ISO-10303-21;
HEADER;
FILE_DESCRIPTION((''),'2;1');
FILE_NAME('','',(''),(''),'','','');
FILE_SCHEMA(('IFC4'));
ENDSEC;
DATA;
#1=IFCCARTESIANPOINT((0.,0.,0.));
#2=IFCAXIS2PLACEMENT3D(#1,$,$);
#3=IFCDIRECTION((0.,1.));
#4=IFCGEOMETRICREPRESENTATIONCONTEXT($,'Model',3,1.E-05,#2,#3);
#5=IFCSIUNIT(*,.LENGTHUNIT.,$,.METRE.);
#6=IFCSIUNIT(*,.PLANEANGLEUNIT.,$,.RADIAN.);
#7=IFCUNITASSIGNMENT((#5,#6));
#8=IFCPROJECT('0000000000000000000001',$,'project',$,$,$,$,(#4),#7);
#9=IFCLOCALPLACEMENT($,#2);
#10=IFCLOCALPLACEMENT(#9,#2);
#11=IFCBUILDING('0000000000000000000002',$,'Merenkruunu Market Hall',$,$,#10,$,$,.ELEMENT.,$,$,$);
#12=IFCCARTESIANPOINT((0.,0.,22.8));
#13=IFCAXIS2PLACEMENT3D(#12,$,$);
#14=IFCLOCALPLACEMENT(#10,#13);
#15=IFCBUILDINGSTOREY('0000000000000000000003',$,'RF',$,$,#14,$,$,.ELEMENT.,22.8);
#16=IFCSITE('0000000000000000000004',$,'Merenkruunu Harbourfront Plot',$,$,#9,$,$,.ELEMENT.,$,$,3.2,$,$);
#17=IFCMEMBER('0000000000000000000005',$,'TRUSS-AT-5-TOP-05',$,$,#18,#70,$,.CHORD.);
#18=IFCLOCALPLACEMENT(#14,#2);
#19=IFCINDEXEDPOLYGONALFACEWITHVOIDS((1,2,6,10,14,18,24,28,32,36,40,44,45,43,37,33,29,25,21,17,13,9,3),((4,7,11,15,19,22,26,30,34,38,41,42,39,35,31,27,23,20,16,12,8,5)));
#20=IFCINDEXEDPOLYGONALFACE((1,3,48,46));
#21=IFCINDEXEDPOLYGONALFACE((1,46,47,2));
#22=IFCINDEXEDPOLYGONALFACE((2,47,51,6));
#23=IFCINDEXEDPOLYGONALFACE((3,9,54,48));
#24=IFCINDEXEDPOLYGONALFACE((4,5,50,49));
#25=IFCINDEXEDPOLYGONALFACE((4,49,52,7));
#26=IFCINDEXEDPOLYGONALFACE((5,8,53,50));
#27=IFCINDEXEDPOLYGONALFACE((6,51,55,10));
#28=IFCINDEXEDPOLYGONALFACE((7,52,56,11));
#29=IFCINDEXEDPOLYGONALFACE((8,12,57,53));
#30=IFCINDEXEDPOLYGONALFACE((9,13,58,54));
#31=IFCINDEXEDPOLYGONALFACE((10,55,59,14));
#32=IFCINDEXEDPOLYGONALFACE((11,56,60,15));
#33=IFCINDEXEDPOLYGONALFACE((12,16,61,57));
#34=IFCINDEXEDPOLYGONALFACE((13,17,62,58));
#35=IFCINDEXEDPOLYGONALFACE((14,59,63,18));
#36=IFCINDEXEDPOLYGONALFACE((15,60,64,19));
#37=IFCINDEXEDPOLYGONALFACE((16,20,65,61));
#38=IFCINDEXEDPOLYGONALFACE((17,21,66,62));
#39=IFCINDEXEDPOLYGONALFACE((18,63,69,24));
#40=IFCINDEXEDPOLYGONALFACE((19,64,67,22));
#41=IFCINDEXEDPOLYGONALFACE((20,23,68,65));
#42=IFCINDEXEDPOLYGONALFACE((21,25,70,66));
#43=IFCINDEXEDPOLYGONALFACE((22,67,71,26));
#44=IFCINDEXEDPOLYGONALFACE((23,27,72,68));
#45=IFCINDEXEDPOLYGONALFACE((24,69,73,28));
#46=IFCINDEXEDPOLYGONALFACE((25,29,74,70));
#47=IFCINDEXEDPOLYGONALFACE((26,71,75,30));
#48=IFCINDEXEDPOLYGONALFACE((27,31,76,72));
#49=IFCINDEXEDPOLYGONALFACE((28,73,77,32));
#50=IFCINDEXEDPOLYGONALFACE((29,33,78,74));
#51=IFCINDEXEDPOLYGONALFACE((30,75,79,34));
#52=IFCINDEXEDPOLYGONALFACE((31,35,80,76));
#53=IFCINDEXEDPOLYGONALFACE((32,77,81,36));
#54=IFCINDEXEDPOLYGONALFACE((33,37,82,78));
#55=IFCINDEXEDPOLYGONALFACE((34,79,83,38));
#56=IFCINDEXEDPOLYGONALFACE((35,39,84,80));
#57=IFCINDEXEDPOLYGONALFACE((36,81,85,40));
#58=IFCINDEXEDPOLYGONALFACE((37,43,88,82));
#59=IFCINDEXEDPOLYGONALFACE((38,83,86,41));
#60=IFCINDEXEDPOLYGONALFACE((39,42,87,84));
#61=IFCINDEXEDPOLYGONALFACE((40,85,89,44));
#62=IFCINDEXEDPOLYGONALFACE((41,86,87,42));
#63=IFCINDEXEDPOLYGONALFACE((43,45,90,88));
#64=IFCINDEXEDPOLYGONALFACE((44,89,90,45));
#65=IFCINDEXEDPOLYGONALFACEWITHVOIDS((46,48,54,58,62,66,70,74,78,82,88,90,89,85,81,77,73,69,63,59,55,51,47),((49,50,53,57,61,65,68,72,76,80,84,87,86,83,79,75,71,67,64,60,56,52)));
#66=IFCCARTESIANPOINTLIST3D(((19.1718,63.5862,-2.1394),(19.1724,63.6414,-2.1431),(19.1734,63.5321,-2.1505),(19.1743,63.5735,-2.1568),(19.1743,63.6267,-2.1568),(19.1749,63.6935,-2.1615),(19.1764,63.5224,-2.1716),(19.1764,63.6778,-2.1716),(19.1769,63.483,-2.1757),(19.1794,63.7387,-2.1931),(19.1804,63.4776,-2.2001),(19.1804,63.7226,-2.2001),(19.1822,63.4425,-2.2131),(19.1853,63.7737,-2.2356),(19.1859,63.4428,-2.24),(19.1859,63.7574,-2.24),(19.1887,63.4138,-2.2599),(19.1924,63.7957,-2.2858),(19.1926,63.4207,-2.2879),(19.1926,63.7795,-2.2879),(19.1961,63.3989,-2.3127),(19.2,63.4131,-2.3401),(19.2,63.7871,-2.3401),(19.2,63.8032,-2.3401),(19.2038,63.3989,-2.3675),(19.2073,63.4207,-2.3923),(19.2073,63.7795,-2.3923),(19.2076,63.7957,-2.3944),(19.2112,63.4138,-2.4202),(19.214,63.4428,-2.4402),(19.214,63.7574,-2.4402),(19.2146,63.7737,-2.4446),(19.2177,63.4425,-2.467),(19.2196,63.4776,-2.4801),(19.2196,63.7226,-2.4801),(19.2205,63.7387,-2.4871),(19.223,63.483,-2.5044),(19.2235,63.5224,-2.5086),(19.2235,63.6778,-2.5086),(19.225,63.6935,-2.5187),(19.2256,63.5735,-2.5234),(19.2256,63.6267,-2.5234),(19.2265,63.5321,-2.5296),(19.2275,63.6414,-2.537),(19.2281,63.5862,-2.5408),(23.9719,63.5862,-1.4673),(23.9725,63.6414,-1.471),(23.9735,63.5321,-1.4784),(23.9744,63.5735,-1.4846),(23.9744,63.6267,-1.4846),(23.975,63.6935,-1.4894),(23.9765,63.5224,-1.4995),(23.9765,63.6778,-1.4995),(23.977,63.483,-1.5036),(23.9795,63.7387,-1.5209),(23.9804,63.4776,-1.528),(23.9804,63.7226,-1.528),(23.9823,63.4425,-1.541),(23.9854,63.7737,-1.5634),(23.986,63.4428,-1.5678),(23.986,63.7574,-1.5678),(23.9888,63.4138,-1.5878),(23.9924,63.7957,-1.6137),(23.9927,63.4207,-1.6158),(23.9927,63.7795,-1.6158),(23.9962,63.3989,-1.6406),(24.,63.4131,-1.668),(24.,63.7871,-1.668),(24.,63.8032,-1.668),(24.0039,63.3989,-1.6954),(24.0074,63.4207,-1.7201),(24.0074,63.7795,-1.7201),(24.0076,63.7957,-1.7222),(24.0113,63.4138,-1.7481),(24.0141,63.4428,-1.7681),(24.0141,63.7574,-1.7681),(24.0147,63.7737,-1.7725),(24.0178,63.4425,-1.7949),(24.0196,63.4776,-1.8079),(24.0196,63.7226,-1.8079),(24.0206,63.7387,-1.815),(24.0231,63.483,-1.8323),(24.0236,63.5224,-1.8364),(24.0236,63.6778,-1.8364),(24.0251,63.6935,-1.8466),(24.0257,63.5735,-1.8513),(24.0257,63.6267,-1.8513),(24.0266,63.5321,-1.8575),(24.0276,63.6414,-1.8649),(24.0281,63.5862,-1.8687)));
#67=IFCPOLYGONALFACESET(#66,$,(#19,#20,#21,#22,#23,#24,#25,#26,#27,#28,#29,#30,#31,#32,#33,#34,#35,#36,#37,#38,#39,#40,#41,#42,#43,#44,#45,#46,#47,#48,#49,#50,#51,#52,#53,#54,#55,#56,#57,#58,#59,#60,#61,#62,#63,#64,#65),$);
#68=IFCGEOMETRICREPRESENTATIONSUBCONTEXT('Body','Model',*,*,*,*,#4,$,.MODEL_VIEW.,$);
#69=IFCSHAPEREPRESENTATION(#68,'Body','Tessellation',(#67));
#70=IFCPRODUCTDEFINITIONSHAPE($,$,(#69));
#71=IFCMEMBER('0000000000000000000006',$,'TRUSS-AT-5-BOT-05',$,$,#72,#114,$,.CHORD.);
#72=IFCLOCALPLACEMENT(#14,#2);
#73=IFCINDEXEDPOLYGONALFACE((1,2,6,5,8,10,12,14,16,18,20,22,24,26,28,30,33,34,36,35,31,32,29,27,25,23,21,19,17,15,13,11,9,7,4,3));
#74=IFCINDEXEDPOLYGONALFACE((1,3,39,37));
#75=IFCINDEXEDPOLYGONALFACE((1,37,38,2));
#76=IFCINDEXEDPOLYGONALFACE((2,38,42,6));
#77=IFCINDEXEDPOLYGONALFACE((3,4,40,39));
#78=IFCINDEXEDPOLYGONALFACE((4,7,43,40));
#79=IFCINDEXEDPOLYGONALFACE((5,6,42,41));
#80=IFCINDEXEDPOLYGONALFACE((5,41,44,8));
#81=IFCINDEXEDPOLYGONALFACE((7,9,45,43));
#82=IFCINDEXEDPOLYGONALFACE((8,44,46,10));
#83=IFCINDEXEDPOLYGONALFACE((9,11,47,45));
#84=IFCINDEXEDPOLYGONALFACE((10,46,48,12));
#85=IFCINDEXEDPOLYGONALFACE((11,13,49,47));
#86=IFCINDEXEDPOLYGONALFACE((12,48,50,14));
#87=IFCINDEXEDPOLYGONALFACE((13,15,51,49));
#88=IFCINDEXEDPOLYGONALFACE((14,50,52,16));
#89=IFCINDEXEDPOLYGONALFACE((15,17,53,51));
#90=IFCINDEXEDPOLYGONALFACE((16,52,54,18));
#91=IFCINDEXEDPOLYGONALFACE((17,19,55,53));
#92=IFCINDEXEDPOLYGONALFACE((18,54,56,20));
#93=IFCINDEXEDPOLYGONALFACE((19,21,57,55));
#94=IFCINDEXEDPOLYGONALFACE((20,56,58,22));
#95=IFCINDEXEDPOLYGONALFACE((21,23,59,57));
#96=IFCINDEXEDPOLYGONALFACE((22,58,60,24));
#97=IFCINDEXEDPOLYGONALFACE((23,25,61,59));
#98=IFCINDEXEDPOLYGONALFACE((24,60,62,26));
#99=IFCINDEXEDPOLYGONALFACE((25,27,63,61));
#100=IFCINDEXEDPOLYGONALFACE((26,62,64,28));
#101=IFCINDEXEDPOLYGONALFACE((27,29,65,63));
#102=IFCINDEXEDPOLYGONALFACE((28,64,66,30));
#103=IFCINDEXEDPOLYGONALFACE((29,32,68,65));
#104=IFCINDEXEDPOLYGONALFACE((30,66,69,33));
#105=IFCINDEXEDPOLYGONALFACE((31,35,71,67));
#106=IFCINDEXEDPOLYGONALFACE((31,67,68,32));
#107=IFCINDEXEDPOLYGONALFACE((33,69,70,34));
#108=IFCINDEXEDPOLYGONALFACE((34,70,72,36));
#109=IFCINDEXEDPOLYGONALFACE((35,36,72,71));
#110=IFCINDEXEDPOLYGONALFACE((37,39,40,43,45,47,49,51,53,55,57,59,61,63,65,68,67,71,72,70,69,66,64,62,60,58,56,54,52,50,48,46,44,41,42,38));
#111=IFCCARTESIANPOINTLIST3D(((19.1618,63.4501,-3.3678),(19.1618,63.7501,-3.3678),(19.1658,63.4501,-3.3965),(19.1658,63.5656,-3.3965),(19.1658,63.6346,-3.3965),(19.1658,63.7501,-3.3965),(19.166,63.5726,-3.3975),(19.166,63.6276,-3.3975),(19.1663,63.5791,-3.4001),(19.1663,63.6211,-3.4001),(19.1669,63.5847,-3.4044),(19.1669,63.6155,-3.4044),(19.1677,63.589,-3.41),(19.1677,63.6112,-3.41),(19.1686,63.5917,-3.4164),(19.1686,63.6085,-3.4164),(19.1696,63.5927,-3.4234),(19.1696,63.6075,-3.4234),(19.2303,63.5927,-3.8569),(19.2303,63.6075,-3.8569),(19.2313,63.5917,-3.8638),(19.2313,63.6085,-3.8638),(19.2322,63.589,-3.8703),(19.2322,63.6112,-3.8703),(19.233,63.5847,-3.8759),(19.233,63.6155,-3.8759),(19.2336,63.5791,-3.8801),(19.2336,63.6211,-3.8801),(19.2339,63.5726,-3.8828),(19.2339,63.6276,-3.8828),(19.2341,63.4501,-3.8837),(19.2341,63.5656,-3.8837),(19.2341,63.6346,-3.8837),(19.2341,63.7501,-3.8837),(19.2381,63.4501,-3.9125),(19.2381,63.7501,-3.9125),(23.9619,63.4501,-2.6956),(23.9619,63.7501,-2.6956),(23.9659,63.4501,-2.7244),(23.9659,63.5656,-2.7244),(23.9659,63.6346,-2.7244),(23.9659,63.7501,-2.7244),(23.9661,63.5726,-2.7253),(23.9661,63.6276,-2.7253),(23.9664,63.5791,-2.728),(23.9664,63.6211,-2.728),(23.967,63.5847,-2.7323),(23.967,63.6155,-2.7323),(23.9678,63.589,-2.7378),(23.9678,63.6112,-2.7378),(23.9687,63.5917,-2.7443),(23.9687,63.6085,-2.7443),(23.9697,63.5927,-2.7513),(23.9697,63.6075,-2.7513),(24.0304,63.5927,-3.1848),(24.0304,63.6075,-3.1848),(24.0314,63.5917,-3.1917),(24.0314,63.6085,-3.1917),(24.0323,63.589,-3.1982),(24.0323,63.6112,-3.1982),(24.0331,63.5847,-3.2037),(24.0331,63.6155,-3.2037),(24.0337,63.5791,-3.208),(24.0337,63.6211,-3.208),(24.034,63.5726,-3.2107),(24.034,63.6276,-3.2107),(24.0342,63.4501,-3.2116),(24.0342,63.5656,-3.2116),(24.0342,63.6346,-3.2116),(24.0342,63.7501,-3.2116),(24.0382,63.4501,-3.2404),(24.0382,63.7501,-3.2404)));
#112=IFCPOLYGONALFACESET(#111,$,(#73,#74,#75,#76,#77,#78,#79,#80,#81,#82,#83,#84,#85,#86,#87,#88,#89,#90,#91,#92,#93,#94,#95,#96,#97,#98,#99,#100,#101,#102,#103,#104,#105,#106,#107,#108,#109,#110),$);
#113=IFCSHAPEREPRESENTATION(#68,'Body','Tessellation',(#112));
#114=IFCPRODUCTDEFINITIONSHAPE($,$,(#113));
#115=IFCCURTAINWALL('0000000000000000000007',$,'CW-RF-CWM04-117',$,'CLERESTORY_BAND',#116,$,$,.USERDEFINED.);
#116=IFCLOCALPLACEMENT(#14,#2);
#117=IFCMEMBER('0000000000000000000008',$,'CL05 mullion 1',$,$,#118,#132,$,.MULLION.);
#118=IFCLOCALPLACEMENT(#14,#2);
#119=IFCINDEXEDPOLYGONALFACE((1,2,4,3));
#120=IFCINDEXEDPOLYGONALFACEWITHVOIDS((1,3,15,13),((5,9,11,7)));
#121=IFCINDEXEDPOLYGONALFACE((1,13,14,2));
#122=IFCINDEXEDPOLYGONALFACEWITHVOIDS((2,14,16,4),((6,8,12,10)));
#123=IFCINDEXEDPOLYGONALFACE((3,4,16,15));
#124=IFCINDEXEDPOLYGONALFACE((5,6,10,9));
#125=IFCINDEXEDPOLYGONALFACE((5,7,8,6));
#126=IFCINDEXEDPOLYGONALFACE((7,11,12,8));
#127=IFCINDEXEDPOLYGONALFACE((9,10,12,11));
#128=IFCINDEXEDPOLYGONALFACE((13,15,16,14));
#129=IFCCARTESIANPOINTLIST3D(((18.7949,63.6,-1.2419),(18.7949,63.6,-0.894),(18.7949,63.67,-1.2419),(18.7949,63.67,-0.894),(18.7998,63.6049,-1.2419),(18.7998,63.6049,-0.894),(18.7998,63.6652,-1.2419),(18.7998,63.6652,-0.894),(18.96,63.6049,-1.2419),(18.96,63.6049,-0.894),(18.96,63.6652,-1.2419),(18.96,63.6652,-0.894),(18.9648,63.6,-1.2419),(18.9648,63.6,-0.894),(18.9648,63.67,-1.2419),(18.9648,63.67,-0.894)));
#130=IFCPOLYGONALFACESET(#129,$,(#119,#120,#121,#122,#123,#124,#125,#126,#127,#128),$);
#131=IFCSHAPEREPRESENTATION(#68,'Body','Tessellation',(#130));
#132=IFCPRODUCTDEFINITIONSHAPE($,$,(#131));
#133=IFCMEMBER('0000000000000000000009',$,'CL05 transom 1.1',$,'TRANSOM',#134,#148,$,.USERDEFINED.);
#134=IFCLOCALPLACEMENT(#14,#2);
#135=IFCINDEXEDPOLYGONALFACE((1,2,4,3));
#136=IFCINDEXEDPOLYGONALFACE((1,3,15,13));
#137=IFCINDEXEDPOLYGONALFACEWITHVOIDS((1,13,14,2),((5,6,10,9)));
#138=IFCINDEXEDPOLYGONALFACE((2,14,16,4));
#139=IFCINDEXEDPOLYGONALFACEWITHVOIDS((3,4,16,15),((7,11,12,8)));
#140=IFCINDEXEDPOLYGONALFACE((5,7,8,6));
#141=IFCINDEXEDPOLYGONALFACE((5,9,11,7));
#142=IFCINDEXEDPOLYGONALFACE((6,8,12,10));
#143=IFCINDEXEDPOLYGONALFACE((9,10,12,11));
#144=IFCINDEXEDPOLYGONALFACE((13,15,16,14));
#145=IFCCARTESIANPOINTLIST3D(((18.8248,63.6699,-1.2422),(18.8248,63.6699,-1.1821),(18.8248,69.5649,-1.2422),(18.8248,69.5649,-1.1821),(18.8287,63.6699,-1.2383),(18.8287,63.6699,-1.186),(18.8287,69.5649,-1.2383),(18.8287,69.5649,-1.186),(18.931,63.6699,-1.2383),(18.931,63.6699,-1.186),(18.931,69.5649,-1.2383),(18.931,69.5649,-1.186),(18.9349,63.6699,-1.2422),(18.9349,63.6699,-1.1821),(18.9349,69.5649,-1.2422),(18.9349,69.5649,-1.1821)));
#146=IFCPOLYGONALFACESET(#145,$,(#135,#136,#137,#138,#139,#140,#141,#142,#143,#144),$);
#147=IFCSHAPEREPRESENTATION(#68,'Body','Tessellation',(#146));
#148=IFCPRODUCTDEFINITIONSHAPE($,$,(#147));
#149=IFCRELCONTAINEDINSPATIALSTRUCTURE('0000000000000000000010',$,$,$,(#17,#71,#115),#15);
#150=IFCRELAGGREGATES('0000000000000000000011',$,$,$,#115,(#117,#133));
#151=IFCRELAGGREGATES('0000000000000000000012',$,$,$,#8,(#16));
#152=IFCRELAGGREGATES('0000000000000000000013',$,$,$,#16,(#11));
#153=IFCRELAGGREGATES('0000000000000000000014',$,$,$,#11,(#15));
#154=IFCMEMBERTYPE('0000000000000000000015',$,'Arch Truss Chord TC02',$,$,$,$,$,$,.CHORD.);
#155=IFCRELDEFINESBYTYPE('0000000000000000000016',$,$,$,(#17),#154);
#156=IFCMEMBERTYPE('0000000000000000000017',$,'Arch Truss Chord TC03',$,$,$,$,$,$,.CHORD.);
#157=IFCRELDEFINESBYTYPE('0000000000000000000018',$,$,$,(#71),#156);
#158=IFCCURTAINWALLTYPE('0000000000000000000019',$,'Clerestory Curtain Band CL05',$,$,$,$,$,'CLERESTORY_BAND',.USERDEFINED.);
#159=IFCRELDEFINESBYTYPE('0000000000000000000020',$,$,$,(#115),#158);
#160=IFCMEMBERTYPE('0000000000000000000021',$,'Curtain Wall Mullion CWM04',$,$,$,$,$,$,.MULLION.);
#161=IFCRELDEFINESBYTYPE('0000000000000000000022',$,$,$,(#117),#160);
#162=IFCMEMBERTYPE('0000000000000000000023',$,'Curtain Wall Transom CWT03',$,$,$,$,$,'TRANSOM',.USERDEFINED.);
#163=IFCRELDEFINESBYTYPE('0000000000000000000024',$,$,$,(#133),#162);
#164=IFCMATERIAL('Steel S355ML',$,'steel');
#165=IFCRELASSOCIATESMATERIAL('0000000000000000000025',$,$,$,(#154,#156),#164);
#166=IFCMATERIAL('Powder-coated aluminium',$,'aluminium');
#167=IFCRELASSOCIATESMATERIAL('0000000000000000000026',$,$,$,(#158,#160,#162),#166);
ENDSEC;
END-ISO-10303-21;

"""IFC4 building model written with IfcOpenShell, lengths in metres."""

from ifc_helpers import new_model, si_unit, direction, frame, origin, origin_2d, place, context, subcontext, project, spatial, hollow_rectangle, hollow_circle, i_section, extrude, material, material_profile, profile_set, type_object, element, aggregate, save


model = new_model("IFC4")

# Units and contexts
model_context = context("Model", 3, precision=1e-05, world=origin(), true_north=direction((0.0, 1.0)))
body_context = subcontext(model_context, "Body", "Model", "MODEL_VIEW")
ifc_project = project(units=[si_unit("LENGTHUNIT", "METRE"), si_unit("PLANEANGLEUNIT", "RADIAN")], contexts=[model_context])

# Site, building, storey
site_placement = place(None, origin())
site = spatial("IfcSite", under=ifc_project, at=site_placement, Name="Merenkruunu Harbourfront Plot", CompositionType="ELEMENT", RefElevation=3.2)
building_placement = place(site_placement, origin())
building = spatial("IfcBuilding", under=site, at=building_placement, Name="Merenkruunu Market Hall", CompositionType="ELEMENT")
storey_placement = place(building_placement, frame((0.0, 0.0, 22.8)))
storey = spatial("IfcBuildingStorey", under=building, at=storey_placement, Name="RF", CompositionType="ELEMENT", Elevation=22.8)

# Members
ifc_material_1 = material(Name="Steel S355ML", Category="steel")
ifc_material_profile_1 = material_profile(ifc_material_1, hollow_circle(Radius=0.2031, WallThickness=0.0161, at=origin_2d()), Name="CHS 406.4x16")
ifc_profile_set_1 = profile_set([ifc_material_profile_1], Name="Steel S355ML")
member_type_1 = type_object("IfcMemberType", Name="Arch Truss Chord TC02", PredefinedType="CHORD", material=ifc_profile_set_1)
member_1_placement = place(storey_placement, frame((19.2, 63.6001, -2.3401), z_axis=(0.990339, 0.0, 0.138671), x_axis=(0.0, 1.0, 0.0)))
element("IfcMember", 1, at=member_1_placement, inside=storey, type_object=member_type_1, Name="TRUSS-AT-5-TOP-05", PredefinedType="CHORD", context=body_context, shape_type="SweptSolid", body=[
    extrude(hollow_circle(Radius=0.2031, WallThickness=0.0161, at=origin_2d()), origin(), (0.0, 0.0, 1.0), 4.8469),
])
ifc_material_profile_2 = material_profile(ifc_material_1, i_section(OverallWidth=0.3, OverallDepth=0.55, WebThickness=0.0149, FlangeThickness=0.0291, FilletRadius=0.0271, at=origin_2d()), Name="HEB 550")
ifc_profile_set_2 = profile_set([ifc_material_profile_2], Name="Steel S355ML")
member_type_2 = type_object("IfcMemberType", Name="Arch Truss Chord TC03", PredefinedType="CHORD", material=ifc_profile_set_2)
member_2_placement = place(storey_placement, frame((19.2, 63.6001, -3.6401), z_axis=(0.990339, 0.0, 0.138671), x_axis=(0.0, 1.0, 0.0)))
element("IfcMember", 2, at=member_2_placement, inside=storey, type_object=member_type_2, Name="TRUSS-AT-5-BOT-05", PredefinedType="CHORD", context=body_context, shape_type="SweptSolid", body=[
    extrude(i_section(OverallWidth=0.3, OverallDepth=0.55, WebThickness=0.0149, FlangeThickness=0.0291, FilletRadius=0.0271, at=origin_2d()), origin(), (0.0, 0.0, 1.0), 4.8469),
])

# Curtain wall, members
ifc_material_2 = material(Name="Powder-coated aluminium", Category="aluminium")
curtain_wall_type = type_object("IfcCurtainWallType", Name="Clerestory Curtain Band CL05", ElementType="CLERESTORY_BAND", PredefinedType="USERDEFINED", material=ifc_material_2)
curtain_wall_placement = place(storey_placement, origin())
curtain_wall = element("IfcCurtainWall", 3, at=curtain_wall_placement, inside=storey, type_object=curtain_wall_type, Name="CW-RF-CWM04-117", ObjectType="CLERESTORY_BAND", PredefinedType="USERDEFINED")
ifc_material_profile_3 = material_profile(ifc_material_2, hollow_rectangle(XDim=0.0701, YDim=0.1699, WallThickness=0.0049, at=origin_2d()), Name="ALU 70x170x5")
ifc_profile_set_3 = profile_set([ifc_material_profile_3], Name="Powder-coated aluminium")
member_type_3 = type_object("IfcMemberType", Name="Curtain Wall Mullion CWM04", PredefinedType="MULLION", material=ifc_profile_set_3)
member_3_placement = place(storey_placement, frame((18.8799, 63.635, -1.2419), z_axis=(0.0, 0.0, 1.0), x_axis=(0.0, 1.0, 0.0)))
member_3 = element("IfcMember", 4, at=member_3_placement, type_object=member_type_3, Name="CL05 mullion 1", PredefinedType="MULLION", context=body_context, shape_type="SweptSolid", body=[
    extrude(hollow_rectangle(XDim=0.0701, YDim=0.1699, WallThickness=0.0049, at=origin_2d()), origin(), (0.0, 0.0, 1.0), 0.3479),
])
ifc_material_profile_4 = material_profile(ifc_material_2, hollow_rectangle(XDim=0.0601, YDim=0.1101, WallThickness=0.0039, at=origin_2d()), Name="ALU 60x110x4")
ifc_profile_set_4 = profile_set([ifc_material_profile_4], Name="Powder-coated aluminium")
member_type_4 = type_object("IfcMemberType", Name="Curtain Wall Transom CWT03", ElementType="TRANSOM", PredefinedType="USERDEFINED", material=ifc_profile_set_4)
member_4_placement = place(storey_placement, frame((18.8799, 63.6699, -1.2122), z_axis=(0.0, 1.0, 0.0), x_axis=(0.0, 0.0, 1.0)))
member_4 = element("IfcMember", 5, at=member_4_placement, type_object=member_type_4, Name="CL05 transom 1.1", ObjectType="TRANSOM", PredefinedType="USERDEFINED", context=body_context, shape_type="SweptSolid", body=[
    extrude(hollow_rectangle(XDim=0.0601, YDim=0.1101, WallThickness=0.0039, at=origin_2d()), origin(), (0.0, 0.0, 1.0), 5.895),
])

aggregate(curtain_wall, [member_3, member_4])

save(model, "model.ifc")
